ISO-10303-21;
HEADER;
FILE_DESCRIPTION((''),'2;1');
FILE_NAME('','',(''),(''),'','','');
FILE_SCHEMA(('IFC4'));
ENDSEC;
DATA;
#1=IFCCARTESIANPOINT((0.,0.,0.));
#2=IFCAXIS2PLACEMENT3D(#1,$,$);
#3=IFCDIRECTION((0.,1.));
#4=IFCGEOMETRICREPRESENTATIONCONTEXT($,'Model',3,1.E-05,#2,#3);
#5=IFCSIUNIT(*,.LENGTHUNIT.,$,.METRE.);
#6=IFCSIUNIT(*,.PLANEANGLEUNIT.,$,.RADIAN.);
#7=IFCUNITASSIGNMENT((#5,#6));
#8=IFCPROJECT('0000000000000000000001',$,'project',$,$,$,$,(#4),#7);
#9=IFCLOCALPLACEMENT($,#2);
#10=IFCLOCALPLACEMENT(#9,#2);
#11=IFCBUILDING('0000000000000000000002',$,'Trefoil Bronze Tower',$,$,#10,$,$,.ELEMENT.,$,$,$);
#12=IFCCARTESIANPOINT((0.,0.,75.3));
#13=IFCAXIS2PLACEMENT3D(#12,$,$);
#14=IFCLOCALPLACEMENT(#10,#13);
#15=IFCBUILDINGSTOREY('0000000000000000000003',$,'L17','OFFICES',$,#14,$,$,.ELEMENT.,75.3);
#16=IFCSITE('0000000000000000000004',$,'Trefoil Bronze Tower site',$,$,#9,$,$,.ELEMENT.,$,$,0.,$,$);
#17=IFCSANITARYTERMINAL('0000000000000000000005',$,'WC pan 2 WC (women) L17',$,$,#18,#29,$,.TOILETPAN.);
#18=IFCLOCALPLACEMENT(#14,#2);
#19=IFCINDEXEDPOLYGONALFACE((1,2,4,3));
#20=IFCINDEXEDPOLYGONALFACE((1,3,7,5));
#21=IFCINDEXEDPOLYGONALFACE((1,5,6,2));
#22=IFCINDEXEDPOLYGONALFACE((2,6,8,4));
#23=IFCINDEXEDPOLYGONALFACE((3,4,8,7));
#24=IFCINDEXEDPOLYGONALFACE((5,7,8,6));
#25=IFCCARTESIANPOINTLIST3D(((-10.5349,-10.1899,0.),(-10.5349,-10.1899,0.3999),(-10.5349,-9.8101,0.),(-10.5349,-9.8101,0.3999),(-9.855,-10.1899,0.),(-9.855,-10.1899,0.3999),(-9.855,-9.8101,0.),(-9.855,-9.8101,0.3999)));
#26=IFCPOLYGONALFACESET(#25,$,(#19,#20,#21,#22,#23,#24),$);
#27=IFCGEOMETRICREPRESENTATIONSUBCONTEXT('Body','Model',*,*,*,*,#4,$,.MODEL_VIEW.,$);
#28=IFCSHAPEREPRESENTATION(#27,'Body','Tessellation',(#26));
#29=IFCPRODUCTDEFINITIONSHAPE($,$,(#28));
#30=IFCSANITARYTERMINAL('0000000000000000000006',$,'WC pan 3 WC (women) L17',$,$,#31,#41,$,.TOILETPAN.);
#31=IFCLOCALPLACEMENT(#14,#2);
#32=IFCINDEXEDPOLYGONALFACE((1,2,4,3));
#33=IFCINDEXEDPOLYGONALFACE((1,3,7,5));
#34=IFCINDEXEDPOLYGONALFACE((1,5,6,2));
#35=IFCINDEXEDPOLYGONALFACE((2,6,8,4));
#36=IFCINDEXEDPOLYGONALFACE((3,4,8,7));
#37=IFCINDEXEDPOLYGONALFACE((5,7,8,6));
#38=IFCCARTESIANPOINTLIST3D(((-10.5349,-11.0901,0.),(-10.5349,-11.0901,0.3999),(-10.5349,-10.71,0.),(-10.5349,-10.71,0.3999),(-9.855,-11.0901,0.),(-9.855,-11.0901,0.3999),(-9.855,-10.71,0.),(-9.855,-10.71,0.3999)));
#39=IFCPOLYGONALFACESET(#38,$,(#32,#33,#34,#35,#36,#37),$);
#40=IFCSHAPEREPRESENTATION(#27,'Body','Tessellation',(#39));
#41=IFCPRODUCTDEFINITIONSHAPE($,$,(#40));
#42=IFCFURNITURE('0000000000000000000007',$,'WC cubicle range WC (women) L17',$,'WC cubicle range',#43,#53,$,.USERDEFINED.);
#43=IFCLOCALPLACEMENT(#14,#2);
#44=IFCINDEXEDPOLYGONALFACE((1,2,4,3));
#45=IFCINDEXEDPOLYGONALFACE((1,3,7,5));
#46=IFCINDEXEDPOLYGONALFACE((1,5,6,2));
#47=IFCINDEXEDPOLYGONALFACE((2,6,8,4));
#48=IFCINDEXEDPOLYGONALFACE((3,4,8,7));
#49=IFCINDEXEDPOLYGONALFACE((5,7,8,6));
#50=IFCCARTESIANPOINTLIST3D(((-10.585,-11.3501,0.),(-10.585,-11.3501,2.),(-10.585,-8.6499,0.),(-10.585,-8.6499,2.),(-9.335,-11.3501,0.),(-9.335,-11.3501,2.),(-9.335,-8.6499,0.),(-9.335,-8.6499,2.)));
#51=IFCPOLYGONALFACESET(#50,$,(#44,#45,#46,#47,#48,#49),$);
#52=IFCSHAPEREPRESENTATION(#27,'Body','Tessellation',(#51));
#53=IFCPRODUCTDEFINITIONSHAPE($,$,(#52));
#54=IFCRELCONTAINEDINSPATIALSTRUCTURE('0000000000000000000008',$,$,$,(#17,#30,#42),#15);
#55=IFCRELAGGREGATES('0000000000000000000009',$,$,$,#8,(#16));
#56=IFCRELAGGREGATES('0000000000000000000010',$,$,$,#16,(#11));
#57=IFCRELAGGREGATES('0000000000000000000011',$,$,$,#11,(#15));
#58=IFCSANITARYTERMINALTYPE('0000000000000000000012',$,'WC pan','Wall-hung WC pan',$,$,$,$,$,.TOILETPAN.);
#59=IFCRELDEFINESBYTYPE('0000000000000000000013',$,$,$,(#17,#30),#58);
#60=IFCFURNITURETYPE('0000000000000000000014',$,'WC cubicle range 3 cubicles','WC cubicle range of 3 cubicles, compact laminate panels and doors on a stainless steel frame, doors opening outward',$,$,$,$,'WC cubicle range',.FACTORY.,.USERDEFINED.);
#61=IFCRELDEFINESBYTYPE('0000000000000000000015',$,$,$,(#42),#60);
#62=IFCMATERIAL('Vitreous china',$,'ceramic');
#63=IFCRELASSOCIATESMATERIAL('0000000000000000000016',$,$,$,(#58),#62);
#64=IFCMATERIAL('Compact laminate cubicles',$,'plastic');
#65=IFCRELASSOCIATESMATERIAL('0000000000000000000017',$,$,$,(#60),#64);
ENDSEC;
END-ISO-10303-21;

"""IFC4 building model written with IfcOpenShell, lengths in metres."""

from ifc_helpers import new_model, si_unit, direction, frame, origin, place, context, subcontext, project, spatial, polyline, outline, extrude, material, type_object, element, save


model = new_model("IFC4")

# Units and contexts
model_context = context("Model", 3, precision=1e-05, world=origin(), true_north=direction((0.0, 1.0)))
body_context = subcontext(model_context, "Body", "Model", "MODEL_VIEW")
ifc_project = project(units=[si_unit("LENGTHUNIT", "METRE"), si_unit("PLANEANGLEUNIT", "RADIAN")], contexts=[model_context])

# Site, building, storey
site_placement = place(None, origin())
site = spatial("IfcSite", under=ifc_project, at=site_placement, Name="Trefoil Bronze Tower site", CompositionType="ELEMENT", RefElevation=0.0)
building_placement = place(site_placement, origin())
building = spatial("IfcBuilding", under=site, at=building_placement, Name="Trefoil Bronze Tower", CompositionType="ELEMENT")
storey_placement = place(building_placement, frame((0.0, 0.0, 75.3)))
storey = spatial("IfcBuildingStorey", under=building, at=storey_placement, Name="L17", Description="OFFICES", CompositionType="ELEMENT", Elevation=75.3)

# Sanitary terminals
ifc_material_1 = material(Name="Vitreous china", Category="ceramic")
sanitary_terminal_type_1 = type_object("IfcSanitaryTerminalType", Name="WC pan", Description="Wall-hung WC pan", PredefinedType="TOILETPAN", material=ifc_material_1)
sanitary_terminal_1_placement = place(storey_placement, origin())
element("IfcSanitaryTerminal", 1, at=sanitary_terminal_1_placement, inside=storey, type_object=sanitary_terminal_type_1, Name="WC pan 2 WC (women) L17", PredefinedType="TOILETPAN", context=body_context, shape_type="SweptSolid", body=[
    extrude(outline(polyline([(-9.855, -9.8101), (-10.5349, -9.8101), (-10.5349, -10.1899), (-9.855, -10.1899), (-9.855, -9.8101)])), origin(), (0.0, 0.0, 1.0), 0.3999),
])
sanitary_terminal_2_placement = place(storey_placement, origin())
element("IfcSanitaryTerminal", 2, at=sanitary_terminal_2_placement, inside=storey, type_object=sanitary_terminal_type_1, Name="WC pan 3 WC (women) L17", PredefinedType="TOILETPAN", context=body_context, shape_type="SweptSolid", body=[
    extrude(outline(polyline([(-9.855, -10.71), (-10.5349, -10.71), (-10.5349, -11.0901), (-9.855, -11.0901), (-9.855, -10.71)])), origin(), (0.0, 0.0, 1.0), 0.3999),
])

# Furniture
ifc_material_2 = material(Name="Compact laminate cubicles", Category="plastic")
furniture_type = type_object("IfcFurnitureType", Name="WC cubicle range 3 cubicles", Description="WC cubicle range of 3 cubicles, compact laminate panels and doors on a stainless steel frame, doors opening outward", ElementType="WC cubicle range", AssemblyPlace="FACTORY", PredefinedType="USERDEFINED", material=ifc_material_2)
furniture_placement = place(storey_placement, origin())
element("IfcFurniture", 3, at=furniture_placement, inside=storey, type_object=furniture_type, Name="WC cubicle range WC (women) L17", ObjectType="WC cubicle range", PredefinedType="USERDEFINED", context=body_context, shape_type="SweptSolid", body=[
    extrude(outline(polyline([(-9.335, -8.6499), (-10.585, -8.6499), (-10.585, -11.3501), (-9.335, -11.3501), (-9.335, -8.6499)])), origin(), (0.0, 0.0, 1.0), 2.0),
])

save(model, "model.ifc")
